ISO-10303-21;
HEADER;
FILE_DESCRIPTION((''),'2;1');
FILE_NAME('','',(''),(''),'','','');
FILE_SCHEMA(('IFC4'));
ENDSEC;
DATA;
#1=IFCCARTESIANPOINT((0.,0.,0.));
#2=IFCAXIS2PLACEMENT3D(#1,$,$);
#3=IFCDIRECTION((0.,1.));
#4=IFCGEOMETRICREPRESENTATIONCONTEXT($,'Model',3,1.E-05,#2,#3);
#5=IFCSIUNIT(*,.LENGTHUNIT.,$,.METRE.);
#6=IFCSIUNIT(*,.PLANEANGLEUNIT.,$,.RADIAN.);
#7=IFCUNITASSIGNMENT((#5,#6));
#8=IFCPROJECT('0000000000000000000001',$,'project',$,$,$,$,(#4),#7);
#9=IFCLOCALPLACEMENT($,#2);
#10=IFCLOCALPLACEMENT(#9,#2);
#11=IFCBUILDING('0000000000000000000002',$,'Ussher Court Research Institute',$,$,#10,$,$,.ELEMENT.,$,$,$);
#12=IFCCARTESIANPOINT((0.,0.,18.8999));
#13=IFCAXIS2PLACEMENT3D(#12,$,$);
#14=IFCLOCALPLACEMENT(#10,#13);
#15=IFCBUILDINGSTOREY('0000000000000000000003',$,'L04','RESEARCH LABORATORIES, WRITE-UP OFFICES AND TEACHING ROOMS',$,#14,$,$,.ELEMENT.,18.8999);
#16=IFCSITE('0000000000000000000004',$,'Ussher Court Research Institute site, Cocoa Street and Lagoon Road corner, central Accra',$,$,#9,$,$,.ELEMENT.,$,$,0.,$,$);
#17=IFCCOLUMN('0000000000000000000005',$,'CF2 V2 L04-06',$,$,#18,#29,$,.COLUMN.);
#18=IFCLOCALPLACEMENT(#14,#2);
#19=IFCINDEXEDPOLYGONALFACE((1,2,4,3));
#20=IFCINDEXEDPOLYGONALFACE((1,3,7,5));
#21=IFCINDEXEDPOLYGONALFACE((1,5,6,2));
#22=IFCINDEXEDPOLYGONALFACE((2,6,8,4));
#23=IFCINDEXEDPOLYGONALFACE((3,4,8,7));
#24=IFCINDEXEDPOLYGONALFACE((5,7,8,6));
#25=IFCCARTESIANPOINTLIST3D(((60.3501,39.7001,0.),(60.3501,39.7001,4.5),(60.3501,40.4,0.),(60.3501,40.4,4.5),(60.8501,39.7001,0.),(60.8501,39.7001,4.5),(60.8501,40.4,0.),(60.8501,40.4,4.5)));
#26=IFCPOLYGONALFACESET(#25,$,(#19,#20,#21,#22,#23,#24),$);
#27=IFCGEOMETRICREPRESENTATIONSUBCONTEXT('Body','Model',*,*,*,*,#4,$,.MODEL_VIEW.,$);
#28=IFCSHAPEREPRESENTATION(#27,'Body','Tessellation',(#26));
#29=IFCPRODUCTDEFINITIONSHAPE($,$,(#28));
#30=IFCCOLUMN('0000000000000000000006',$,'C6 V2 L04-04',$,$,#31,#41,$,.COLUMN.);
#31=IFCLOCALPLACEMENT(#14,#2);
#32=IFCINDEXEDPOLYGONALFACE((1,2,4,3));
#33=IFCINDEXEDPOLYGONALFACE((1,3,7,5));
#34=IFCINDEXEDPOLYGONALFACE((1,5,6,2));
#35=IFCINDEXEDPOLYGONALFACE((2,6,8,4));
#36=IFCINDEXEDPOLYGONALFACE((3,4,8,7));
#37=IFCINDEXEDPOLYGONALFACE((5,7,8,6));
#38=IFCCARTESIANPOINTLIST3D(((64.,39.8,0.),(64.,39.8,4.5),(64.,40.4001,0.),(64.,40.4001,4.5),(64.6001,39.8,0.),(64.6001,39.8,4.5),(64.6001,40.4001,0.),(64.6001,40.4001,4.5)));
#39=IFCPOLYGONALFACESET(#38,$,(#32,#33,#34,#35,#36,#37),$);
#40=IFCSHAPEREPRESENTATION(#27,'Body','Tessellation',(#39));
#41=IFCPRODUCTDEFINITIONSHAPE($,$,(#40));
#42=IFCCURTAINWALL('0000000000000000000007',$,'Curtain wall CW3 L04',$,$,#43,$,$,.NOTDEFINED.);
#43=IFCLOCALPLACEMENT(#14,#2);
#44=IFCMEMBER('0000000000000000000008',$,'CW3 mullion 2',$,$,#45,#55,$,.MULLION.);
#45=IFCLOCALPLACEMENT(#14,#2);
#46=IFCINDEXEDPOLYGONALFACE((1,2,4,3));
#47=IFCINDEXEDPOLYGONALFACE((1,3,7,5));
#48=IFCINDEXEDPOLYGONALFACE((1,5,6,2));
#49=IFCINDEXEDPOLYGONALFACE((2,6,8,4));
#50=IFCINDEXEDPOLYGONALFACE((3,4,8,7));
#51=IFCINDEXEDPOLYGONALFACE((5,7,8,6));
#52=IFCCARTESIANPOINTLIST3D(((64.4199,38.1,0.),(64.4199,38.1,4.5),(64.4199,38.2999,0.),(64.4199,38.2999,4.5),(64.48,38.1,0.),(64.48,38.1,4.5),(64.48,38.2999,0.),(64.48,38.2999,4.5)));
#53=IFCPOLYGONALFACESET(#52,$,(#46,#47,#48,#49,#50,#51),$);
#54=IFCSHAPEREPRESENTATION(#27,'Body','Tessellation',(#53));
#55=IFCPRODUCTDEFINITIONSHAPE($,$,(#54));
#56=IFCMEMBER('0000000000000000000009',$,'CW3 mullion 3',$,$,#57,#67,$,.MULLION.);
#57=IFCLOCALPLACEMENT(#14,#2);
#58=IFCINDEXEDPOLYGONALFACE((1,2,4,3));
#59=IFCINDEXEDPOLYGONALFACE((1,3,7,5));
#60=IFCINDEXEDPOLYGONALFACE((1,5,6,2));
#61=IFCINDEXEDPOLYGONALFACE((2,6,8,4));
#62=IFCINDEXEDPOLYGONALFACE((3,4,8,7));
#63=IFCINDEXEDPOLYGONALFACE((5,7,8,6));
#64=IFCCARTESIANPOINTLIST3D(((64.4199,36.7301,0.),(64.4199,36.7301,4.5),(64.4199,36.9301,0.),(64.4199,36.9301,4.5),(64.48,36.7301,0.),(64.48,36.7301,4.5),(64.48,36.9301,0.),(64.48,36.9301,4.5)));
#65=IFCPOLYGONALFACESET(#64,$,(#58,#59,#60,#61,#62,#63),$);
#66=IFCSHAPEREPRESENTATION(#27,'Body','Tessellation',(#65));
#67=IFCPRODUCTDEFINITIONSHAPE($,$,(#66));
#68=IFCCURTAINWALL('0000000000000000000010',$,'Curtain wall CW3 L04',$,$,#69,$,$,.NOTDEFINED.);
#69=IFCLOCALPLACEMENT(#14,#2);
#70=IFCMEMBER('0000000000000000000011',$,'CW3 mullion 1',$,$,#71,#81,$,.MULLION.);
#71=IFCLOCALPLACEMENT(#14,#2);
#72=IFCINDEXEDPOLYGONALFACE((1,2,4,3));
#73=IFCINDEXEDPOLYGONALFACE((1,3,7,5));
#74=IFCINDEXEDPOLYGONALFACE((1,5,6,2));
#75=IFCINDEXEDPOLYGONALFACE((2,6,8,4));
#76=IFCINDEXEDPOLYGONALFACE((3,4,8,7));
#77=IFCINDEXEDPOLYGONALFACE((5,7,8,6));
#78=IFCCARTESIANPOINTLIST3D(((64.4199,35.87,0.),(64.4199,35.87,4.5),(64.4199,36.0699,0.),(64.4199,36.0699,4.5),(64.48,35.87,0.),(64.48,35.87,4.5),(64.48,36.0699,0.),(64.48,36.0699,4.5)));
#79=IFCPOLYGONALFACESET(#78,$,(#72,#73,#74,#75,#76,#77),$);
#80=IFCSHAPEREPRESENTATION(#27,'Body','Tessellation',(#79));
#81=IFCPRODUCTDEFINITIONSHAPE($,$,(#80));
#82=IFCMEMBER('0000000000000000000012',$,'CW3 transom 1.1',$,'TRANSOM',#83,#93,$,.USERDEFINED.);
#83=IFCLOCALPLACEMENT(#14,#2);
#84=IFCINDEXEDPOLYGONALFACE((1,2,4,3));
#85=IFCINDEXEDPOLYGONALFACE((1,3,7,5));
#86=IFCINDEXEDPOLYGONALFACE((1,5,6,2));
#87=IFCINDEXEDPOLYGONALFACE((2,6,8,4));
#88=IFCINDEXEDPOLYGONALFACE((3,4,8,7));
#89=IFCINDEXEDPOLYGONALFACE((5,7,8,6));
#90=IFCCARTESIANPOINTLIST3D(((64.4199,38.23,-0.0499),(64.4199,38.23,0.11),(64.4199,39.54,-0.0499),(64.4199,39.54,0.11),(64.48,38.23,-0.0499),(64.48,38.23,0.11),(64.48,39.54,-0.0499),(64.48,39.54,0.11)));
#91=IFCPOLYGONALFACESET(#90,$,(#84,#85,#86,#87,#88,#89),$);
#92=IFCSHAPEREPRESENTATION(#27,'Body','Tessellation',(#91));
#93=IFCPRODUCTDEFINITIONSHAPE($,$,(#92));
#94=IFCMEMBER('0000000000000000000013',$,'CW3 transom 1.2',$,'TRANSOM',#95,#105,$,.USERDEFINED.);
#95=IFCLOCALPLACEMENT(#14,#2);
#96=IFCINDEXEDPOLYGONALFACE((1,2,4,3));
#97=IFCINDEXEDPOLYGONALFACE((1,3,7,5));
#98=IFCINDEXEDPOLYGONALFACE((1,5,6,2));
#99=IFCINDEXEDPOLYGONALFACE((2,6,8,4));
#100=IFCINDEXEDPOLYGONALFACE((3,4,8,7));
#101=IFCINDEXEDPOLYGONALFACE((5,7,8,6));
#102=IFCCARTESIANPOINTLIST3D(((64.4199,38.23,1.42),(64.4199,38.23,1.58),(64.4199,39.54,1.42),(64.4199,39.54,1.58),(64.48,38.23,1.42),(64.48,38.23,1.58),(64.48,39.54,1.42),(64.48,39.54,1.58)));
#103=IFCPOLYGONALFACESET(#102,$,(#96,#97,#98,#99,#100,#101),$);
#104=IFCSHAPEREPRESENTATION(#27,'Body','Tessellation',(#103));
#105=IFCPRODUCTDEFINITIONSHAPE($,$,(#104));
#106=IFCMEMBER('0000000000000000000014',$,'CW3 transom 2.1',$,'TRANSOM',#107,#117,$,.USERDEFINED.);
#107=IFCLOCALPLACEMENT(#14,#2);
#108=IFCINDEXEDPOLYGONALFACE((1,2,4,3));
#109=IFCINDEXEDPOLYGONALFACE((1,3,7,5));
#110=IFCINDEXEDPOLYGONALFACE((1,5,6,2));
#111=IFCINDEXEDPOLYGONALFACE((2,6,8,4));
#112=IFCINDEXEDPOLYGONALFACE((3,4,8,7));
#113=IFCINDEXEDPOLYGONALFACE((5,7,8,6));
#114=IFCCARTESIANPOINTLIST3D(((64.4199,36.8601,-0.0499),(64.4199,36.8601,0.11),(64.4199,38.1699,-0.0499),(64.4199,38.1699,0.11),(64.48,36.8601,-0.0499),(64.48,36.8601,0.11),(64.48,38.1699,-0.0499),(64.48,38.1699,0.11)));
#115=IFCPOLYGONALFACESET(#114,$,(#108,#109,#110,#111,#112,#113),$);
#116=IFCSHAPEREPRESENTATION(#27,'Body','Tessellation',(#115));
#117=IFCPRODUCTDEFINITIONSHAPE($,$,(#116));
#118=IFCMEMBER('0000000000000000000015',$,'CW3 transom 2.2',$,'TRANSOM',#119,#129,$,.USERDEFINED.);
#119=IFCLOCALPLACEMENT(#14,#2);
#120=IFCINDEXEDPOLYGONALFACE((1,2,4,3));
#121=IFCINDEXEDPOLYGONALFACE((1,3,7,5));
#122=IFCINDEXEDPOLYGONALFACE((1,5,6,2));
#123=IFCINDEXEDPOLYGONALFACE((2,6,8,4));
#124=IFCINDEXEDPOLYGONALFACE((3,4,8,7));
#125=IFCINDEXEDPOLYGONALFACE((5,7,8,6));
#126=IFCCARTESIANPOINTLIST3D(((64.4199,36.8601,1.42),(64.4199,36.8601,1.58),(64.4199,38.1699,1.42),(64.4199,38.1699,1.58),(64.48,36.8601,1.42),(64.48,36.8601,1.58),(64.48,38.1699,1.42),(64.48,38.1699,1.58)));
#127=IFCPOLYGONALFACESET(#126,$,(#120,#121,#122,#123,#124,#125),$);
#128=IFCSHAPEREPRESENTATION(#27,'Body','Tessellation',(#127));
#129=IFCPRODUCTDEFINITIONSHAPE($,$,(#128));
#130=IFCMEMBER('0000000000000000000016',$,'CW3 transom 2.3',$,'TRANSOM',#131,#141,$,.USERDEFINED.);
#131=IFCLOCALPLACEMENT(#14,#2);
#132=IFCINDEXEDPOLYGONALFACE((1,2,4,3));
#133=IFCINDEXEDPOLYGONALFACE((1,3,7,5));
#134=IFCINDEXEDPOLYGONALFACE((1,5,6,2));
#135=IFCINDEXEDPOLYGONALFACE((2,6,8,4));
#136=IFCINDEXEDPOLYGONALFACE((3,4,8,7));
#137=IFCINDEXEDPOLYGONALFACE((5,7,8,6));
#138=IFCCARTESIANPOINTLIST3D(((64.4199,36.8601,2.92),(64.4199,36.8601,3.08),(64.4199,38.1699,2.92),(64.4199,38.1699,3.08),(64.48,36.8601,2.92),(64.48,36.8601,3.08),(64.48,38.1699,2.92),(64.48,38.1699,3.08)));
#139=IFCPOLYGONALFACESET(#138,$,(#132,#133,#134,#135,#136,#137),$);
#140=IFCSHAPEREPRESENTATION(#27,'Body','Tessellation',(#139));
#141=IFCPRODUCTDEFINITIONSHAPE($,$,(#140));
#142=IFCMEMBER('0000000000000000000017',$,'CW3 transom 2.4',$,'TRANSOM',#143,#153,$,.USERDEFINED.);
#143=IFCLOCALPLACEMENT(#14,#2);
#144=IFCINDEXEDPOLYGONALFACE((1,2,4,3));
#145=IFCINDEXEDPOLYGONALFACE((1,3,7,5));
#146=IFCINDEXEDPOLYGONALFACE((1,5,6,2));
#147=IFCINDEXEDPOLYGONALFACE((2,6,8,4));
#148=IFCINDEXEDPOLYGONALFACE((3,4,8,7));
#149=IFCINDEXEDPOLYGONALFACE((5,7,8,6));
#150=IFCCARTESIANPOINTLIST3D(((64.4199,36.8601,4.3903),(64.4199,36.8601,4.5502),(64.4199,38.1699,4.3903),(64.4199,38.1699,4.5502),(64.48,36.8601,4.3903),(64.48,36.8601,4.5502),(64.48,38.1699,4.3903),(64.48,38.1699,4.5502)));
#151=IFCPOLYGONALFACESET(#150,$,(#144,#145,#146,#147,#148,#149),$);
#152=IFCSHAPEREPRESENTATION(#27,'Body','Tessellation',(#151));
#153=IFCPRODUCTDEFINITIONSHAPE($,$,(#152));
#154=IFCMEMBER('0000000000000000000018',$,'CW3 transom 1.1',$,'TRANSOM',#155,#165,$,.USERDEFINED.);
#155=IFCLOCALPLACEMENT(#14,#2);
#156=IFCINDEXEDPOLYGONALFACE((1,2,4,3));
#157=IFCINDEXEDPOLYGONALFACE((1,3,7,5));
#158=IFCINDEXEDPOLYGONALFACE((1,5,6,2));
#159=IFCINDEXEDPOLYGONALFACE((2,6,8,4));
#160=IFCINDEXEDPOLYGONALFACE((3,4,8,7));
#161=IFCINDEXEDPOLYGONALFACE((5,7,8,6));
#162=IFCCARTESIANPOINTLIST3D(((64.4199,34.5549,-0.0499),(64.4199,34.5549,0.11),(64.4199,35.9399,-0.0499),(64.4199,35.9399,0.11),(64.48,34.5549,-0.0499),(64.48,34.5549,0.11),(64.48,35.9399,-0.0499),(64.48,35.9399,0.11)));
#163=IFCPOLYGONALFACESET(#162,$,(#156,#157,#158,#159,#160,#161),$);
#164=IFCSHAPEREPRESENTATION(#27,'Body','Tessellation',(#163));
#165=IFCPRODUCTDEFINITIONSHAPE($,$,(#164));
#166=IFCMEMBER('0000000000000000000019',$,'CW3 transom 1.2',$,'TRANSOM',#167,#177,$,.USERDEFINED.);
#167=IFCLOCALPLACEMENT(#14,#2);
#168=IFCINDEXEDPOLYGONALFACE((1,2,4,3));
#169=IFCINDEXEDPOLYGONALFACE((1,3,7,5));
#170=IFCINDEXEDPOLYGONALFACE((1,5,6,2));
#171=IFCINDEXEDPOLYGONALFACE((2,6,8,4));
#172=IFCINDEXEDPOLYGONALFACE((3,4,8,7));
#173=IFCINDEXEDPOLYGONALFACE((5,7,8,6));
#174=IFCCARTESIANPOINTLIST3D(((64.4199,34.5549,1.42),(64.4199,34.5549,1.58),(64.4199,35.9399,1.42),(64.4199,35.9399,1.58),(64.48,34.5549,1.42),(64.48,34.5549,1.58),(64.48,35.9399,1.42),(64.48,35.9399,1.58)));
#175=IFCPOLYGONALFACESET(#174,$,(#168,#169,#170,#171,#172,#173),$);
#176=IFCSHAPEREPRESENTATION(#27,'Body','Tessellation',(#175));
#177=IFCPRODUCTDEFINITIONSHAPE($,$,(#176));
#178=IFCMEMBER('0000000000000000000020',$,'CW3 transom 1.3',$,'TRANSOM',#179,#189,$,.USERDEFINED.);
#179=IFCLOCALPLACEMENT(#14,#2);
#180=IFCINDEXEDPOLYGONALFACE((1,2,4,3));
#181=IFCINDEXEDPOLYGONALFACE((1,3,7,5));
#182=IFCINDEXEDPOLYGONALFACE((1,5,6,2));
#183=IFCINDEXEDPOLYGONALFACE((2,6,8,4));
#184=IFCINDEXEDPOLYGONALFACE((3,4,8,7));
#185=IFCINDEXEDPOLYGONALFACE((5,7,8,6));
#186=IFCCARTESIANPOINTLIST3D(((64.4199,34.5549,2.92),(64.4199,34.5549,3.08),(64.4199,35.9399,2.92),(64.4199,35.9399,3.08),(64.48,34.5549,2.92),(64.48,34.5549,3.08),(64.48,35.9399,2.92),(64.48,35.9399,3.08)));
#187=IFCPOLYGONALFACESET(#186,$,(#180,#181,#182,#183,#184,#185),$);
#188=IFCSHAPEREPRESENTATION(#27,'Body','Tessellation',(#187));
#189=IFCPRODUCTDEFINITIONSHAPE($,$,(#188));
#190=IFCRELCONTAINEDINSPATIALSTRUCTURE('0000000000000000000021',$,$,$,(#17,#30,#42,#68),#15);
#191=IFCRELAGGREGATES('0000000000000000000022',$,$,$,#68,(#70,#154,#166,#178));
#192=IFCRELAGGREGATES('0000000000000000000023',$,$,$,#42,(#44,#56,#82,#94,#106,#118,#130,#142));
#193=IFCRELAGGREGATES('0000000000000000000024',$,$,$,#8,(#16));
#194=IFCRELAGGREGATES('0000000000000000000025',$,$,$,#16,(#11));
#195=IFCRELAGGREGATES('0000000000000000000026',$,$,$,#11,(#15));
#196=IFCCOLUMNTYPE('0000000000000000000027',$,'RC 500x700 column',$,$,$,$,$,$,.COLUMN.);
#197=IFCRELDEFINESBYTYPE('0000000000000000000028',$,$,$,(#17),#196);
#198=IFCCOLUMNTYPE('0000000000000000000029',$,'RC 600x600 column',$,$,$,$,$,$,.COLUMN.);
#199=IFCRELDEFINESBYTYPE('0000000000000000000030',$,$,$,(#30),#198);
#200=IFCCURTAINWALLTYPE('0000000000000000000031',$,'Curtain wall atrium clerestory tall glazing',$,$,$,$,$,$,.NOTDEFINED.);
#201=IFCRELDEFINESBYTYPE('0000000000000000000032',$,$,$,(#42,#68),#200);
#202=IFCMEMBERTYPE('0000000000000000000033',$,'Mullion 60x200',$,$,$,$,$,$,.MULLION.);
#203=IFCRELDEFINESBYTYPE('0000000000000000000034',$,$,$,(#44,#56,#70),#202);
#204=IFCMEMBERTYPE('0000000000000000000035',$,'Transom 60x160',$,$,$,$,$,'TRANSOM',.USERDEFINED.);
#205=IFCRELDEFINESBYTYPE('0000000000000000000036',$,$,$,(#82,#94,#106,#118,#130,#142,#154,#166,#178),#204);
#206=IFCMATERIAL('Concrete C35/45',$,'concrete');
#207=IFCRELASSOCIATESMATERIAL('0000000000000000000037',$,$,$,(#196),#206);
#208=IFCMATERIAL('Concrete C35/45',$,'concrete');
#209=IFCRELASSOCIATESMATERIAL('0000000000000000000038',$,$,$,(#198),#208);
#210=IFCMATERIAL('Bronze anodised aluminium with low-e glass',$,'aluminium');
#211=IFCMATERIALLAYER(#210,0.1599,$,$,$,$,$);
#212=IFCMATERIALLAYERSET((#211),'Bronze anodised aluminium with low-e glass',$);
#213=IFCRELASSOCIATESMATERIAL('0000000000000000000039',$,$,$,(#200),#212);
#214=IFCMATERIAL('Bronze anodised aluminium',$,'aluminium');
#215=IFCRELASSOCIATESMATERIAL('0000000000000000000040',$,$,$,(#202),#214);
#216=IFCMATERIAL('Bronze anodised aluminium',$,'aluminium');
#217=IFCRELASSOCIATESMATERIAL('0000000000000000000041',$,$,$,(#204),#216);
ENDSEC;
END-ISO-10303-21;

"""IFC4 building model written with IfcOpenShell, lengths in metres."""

from ifc_helpers import new_model, si_unit, direction, frame, origin, origin_2d, place, context, subcontext, project, spatial, rectangle, extrude, material, layer, layer_set, material_profile, profile_set, type_object, element, aggregate, save


model = new_model("IFC4")

# Units and contexts
model_context = context("Model", 3, precision=1e-05, world=origin(), true_north=direction((0.0, 1.0)))
body_context = subcontext(model_context, "Body", "Model", "MODEL_VIEW")
ifc_project = project(units=[si_unit("LENGTHUNIT", "METRE"), si_unit("PLANEANGLEUNIT", "RADIAN")], contexts=[model_context])

# Site, building, storey
site_placement = place(None, origin())
site = spatial("IfcSite", under=ifc_project, at=site_placement, Name="Ussher Court Research Institute site, Cocoa Street and Lagoon Road corner, central Accra", CompositionType="ELEMENT", RefElevation=0.0)
building_placement = place(site_placement, origin())
building = spatial("IfcBuilding", under=site, at=building_placement, Name="Ussher Court Research Institute", CompositionType="ELEMENT")
storey_placement = place(building_placement, frame((0.0, 0.0, 18.8999)))
storey = spatial("IfcBuildingStorey", under=building, at=storey_placement, Name="L04", Description="RESEARCH LABORATORIES, WRITE-UP OFFICES AND TEACHING ROOMS", CompositionType="ELEMENT", Elevation=18.8999)

# Columns
ifc_material_1 = material(Name="Concrete C35/45", Category="concrete")
ifc_material_profile_1 = material_profile(ifc_material_1, rectangle(XDim=0.5, YDim=0.7, at=origin_2d()), Name="RC 500x700")
ifc_profile_set_1 = profile_set([ifc_material_profile_1], Name="Concrete C35/45")
column_type_1 = type_object("IfcColumnType", Name="RC 500x700 column", PredefinedType="COLUMN", material=ifc_profile_set_1)
column_1_placement = place(storey_placement, frame((60.6001, 40.05, 0.0), z_axis=(0.0, 0.0, 1.0), x_axis=(1.0, 0.0, 0.0)))
element("IfcColumn", 1, at=column_1_placement, inside=storey, type_object=column_type_1, Name="CF2 V2 L04-06", PredefinedType="COLUMN", context=body_context, shape_type="SweptSolid", body=[
    extrude(rectangle(XDim=0.5, YDim=0.7, at=origin_2d()), origin(), (0.0, 0.0, 1.0), 4.5),
])
ifc_material_2 = material(Name="Concrete C35/45", Category="concrete")
ifc_material_profile_2 = material_profile(ifc_material_2, rectangle(XDim=0.6001, YDim=0.6001, at=origin_2d()), Name="RC 600x600")
ifc_profile_set_2 = profile_set([ifc_material_profile_2], Name="Concrete C35/45")
column_type_2 = type_object("IfcColumnType", Name="RC 600x600 column", PredefinedType="COLUMN", material=ifc_profile_set_2)
column_2_placement = place(storey_placement, frame((64.3, 40.1001, 0.0), z_axis=(0.0, 0.0, 1.0), x_axis=(1.0, 0.0, 0.0)))
element("IfcColumn", 2, at=column_2_placement, inside=storey, type_object=column_type_2, Name="C6 V2 L04-04", PredefinedType="COLUMN", context=body_context, shape_type="SweptSolid", body=[
    extrude(rectangle(XDim=0.6001, YDim=0.6001, at=origin_2d()), origin(), (0.0, 0.0, 1.0), 4.5),
])

# Curtain wall, members
ifc_material_3 = material(Name="Bronze anodised aluminium with low-e glass", Category="aluminium")
ifc_layer_1 = layer(ifc_material_3, 0.1599)
ifc_layer_set_1 = layer_set([ifc_layer_1], Name="Bronze anodised aluminium with low-e glass")
curtain_wall_type = type_object("IfcCurtainWallType", Name="Curtain wall atrium clerestory tall glazing", PredefinedType="NOTDEFINED", material=ifc_layer_set_1)
curtain_wall_1_placement = place(storey_placement, origin())
curtain_wall_1 = element("IfcCurtainWall", 3, at=curtain_wall_1_placement, inside=storey, type_object=curtain_wall_type, Name="Curtain wall CW3 L04", PredefinedType="NOTDEFINED")
ifc_material_4 = material(Name="Bronze anodised aluminium", Category="aluminium")
ifc_material_profile_3 = material_profile(ifc_material_4, rectangle(XDim=0.0601, YDim=0.2, at=origin_2d()), Name="Mullion 60x200")
ifc_profile_set_3 = profile_set([ifc_material_profile_3], Name="Bronze anodised aluminium")
member_type_1 = type_object("IfcMemberType", Name="Mullion 60x200", PredefinedType="MULLION", material=ifc_profile_set_3)
member_1_placement = place(storey_placement, frame((64.45, 38.2, 0.0), z_axis=(0.0, 0.0, 1.0), x_axis=(1.0, 0.0, 0.0)))
member_1 = element("IfcMember", 4, at=member_1_placement, type_object=member_type_1, Name="CW3 mullion 2", PredefinedType="MULLION", context=body_context, shape_type="SweptSolid", body=[
    extrude(rectangle(XDim=0.0601, YDim=0.2, at=origin_2d()), origin(), (0.0, 0.0, 1.0), 4.5),
])
member_2_placement = place(storey_placement, frame((64.45, 36.8301, 0.0), z_axis=(0.0, 0.0, 1.0), x_axis=(1.0, 0.0, 0.0)))
member_2 = element("IfcMember", 5, at=member_2_placement, type_object=member_type_1, Name="CW3 mullion 3", PredefinedType="MULLION", context=body_context, shape_type="SweptSolid", body=[
    extrude(rectangle(XDim=0.0601, YDim=0.2, at=origin_2d()), origin(), (0.0, 0.0, 1.0), 4.5),
])

# Curtain wall, member
curtain_wall_2_placement = place(storey_placement, origin())
curtain_wall_2 = element("IfcCurtainWall", 6, at=curtain_wall_2_placement, inside=storey, type_object=curtain_wall_type, Name="Curtain wall CW3 L04", PredefinedType="NOTDEFINED")
member_3_placement = place(storey_placement, frame((64.45, 35.97, 0.0), z_axis=(0.0, 0.0, 1.0), x_axis=(1.0, 0.0, 0.0)))
member_3 = element("IfcMember", 7, at=member_3_placement, type_object=member_type_1, Name="CW3 mullion 1", PredefinedType="MULLION", context=body_context, shape_type="SweptSolid", body=[
    extrude(rectangle(XDim=0.0601, YDim=0.2, at=origin_2d()), origin(), (0.0, 0.0, 1.0), 4.5),
])

# Members
ifc_material_5 = material(Name="Bronze anodised aluminium", Category="aluminium")
ifc_material_profile_4 = material_profile(ifc_material_5, rectangle(XDim=0.0601, YDim=0.1599, at=origin_2d()), Name="Transom 60x160")
ifc_profile_set_4 = profile_set([ifc_material_profile_4], Name="Bronze anodised aluminium")
member_type_2 = type_object("IfcMemberType", Name="Transom 60x160", ElementType="TRANSOM", PredefinedType="USERDEFINED", material=ifc_profile_set_4)
member_4_placement = place(storey_placement, frame((64.45, 39.54, 0.03), z_axis=(0.0, -1.0, 0.0), x_axis=(1.0, 0.0, 0.0)))
member_4 = element("IfcMember", 8, at=member_4_placement, type_object=member_type_2, Name="CW3 transom 1.1", ObjectType="TRANSOM", PredefinedType="USERDEFINED", context=body_context, shape_type="SweptSolid", body=[
    extrude(rectangle(XDim=0.0601, YDim=0.1599, at=origin_2d()), origin(), (0.0, 0.0, 1.0), 1.3101),
])
member_5_placement = place(storey_placement, frame((64.45, 39.54, 1.5), z_axis=(0.0, -1.0, 0.0), x_axis=(1.0, 0.0, 0.0)))
member_5 = element("IfcMember", 9, at=member_5_placement, type_object=member_type_2, Name="CW3 transom 1.2", ObjectType="TRANSOM", PredefinedType="USERDEFINED", context=body_context, shape_type="SweptSolid", body=[
    extrude(rectangle(XDim=0.0601, YDim=0.1599, at=origin_2d()), origin(), (0.0, 0.0, 1.0), 1.3101),
])
member_6_placement = place(storey_placement, frame((64.45, 38.1699, 0.03), z_axis=(0.0, -1.0, 0.0), x_axis=(1.0, 0.0, 0.0)))
member_6 = element("IfcMember", 10, at=member_6_placement, type_object=member_type_2, Name="CW3 transom 2.1", ObjectType="TRANSOM", PredefinedType="USERDEFINED", context=body_context, shape_type="SweptSolid", body=[
    extrude(rectangle(XDim=0.0601, YDim=0.1599, at=origin_2d()), origin(), (0.0, 0.0, 1.0), 1.3098),
])
member_7_placement = place(storey_placement, frame((64.45, 38.1699, 1.5), z_axis=(0.0, -1.0, 0.0), x_axis=(1.0, 0.0, 0.0)))
member_7 = element("IfcMember", 11, at=member_7_placement, type_object=member_type_2, Name="CW3 transom 2.2", ObjectType="TRANSOM", PredefinedType="USERDEFINED", context=body_context, shape_type="SweptSolid", body=[
    extrude(rectangle(XDim=0.0601, YDim=0.1599, at=origin_2d()), origin(), (0.0, 0.0, 1.0), 1.3098),
])
member_8_placement = place(storey_placement, frame((64.45, 38.1699, 3.0), z_axis=(0.0, -1.0, 0.0), x_axis=(1.0, 0.0, 0.0)))
member_8 = element("IfcMember", 12, at=member_8_placement, type_object=member_type_2, Name="CW3 transom 2.3", ObjectType="TRANSOM", PredefinedType="USERDEFINED", context=body_context, shape_type="SweptSolid", body=[
    extrude(rectangle(XDim=0.0601, YDim=0.1599, at=origin_2d()), origin(), (0.0, 0.0, 1.0), 1.3098),
])
member_9_placement = place(storey_placement, frame((64.45, 38.1699, 4.4702), z_axis=(0.0, -1.0, 0.0), x_axis=(1.0, 0.0, 0.0)))
member_9 = element("IfcMember", 13, at=member_9_placement, type_object=member_type_2, Name="CW3 transom 2.4", ObjectType="TRANSOM", PredefinedType="USERDEFINED", context=body_context, shape_type="SweptSolid", body=[
    extrude(rectangle(XDim=0.0601, YDim=0.1599, at=origin_2d()), origin(), (0.0, 0.0, 1.0), 1.3098),
])
member_10_placement = place(storey_placement, frame((64.45, 35.9399, 0.03), z_axis=(0.0, -1.0, 0.0), x_axis=(1.0, 0.0, 0.0)))
member_10 = element("IfcMember", 14, at=member_10_placement, type_object=member_type_2, Name="CW3 transom 1.1", ObjectType="TRANSOM", PredefinedType="USERDEFINED", context=body_context, shape_type="SweptSolid", body=[
    extrude(rectangle(XDim=0.0601, YDim=0.1599, at=origin_2d()), origin(), (0.0, 0.0, 1.0), 1.385),
])
member_11_placement = place(storey_placement, frame((64.45, 35.9399, 1.5), z_axis=(0.0, -1.0, 0.0), x_axis=(1.0, 0.0, 0.0)))
member_11 = element("IfcMember", 15, at=member_11_placement, type_object=member_type_2, Name="CW3 transom 1.2", ObjectType="TRANSOM", PredefinedType="USERDEFINED", context=body_context, shape_type="SweptSolid", body=[
    extrude(rectangle(XDim=0.0601, YDim=0.1599, at=origin_2d()), origin(), (0.0, 0.0, 1.0), 1.385),
])
member_12_placement = place(storey_placement, frame((64.45, 35.9399, 3.0), z_axis=(0.0, -1.0, 0.0), x_axis=(1.0, 0.0, 0.0)))
member_12 = element("IfcMember", 16, at=member_12_placement, type_object=member_type_2, Name="CW3 transom 1.3", ObjectType="TRANSOM", PredefinedType="USERDEFINED", context=body_context, shape_type="SweptSolid", body=[
    extrude(rectangle(XDim=0.0601, YDim=0.1599, at=origin_2d()), origin(), (0.0, 0.0, 1.0), 1.385),
])
aggregate(curtain_wall_2, [member_3, member_10, member_11, member_12])

aggregate(curtain_wall_1, [member_1, member_2, member_4, member_5, member_6, member_7, member_8, member_9])

save(model, "model.ifc")
